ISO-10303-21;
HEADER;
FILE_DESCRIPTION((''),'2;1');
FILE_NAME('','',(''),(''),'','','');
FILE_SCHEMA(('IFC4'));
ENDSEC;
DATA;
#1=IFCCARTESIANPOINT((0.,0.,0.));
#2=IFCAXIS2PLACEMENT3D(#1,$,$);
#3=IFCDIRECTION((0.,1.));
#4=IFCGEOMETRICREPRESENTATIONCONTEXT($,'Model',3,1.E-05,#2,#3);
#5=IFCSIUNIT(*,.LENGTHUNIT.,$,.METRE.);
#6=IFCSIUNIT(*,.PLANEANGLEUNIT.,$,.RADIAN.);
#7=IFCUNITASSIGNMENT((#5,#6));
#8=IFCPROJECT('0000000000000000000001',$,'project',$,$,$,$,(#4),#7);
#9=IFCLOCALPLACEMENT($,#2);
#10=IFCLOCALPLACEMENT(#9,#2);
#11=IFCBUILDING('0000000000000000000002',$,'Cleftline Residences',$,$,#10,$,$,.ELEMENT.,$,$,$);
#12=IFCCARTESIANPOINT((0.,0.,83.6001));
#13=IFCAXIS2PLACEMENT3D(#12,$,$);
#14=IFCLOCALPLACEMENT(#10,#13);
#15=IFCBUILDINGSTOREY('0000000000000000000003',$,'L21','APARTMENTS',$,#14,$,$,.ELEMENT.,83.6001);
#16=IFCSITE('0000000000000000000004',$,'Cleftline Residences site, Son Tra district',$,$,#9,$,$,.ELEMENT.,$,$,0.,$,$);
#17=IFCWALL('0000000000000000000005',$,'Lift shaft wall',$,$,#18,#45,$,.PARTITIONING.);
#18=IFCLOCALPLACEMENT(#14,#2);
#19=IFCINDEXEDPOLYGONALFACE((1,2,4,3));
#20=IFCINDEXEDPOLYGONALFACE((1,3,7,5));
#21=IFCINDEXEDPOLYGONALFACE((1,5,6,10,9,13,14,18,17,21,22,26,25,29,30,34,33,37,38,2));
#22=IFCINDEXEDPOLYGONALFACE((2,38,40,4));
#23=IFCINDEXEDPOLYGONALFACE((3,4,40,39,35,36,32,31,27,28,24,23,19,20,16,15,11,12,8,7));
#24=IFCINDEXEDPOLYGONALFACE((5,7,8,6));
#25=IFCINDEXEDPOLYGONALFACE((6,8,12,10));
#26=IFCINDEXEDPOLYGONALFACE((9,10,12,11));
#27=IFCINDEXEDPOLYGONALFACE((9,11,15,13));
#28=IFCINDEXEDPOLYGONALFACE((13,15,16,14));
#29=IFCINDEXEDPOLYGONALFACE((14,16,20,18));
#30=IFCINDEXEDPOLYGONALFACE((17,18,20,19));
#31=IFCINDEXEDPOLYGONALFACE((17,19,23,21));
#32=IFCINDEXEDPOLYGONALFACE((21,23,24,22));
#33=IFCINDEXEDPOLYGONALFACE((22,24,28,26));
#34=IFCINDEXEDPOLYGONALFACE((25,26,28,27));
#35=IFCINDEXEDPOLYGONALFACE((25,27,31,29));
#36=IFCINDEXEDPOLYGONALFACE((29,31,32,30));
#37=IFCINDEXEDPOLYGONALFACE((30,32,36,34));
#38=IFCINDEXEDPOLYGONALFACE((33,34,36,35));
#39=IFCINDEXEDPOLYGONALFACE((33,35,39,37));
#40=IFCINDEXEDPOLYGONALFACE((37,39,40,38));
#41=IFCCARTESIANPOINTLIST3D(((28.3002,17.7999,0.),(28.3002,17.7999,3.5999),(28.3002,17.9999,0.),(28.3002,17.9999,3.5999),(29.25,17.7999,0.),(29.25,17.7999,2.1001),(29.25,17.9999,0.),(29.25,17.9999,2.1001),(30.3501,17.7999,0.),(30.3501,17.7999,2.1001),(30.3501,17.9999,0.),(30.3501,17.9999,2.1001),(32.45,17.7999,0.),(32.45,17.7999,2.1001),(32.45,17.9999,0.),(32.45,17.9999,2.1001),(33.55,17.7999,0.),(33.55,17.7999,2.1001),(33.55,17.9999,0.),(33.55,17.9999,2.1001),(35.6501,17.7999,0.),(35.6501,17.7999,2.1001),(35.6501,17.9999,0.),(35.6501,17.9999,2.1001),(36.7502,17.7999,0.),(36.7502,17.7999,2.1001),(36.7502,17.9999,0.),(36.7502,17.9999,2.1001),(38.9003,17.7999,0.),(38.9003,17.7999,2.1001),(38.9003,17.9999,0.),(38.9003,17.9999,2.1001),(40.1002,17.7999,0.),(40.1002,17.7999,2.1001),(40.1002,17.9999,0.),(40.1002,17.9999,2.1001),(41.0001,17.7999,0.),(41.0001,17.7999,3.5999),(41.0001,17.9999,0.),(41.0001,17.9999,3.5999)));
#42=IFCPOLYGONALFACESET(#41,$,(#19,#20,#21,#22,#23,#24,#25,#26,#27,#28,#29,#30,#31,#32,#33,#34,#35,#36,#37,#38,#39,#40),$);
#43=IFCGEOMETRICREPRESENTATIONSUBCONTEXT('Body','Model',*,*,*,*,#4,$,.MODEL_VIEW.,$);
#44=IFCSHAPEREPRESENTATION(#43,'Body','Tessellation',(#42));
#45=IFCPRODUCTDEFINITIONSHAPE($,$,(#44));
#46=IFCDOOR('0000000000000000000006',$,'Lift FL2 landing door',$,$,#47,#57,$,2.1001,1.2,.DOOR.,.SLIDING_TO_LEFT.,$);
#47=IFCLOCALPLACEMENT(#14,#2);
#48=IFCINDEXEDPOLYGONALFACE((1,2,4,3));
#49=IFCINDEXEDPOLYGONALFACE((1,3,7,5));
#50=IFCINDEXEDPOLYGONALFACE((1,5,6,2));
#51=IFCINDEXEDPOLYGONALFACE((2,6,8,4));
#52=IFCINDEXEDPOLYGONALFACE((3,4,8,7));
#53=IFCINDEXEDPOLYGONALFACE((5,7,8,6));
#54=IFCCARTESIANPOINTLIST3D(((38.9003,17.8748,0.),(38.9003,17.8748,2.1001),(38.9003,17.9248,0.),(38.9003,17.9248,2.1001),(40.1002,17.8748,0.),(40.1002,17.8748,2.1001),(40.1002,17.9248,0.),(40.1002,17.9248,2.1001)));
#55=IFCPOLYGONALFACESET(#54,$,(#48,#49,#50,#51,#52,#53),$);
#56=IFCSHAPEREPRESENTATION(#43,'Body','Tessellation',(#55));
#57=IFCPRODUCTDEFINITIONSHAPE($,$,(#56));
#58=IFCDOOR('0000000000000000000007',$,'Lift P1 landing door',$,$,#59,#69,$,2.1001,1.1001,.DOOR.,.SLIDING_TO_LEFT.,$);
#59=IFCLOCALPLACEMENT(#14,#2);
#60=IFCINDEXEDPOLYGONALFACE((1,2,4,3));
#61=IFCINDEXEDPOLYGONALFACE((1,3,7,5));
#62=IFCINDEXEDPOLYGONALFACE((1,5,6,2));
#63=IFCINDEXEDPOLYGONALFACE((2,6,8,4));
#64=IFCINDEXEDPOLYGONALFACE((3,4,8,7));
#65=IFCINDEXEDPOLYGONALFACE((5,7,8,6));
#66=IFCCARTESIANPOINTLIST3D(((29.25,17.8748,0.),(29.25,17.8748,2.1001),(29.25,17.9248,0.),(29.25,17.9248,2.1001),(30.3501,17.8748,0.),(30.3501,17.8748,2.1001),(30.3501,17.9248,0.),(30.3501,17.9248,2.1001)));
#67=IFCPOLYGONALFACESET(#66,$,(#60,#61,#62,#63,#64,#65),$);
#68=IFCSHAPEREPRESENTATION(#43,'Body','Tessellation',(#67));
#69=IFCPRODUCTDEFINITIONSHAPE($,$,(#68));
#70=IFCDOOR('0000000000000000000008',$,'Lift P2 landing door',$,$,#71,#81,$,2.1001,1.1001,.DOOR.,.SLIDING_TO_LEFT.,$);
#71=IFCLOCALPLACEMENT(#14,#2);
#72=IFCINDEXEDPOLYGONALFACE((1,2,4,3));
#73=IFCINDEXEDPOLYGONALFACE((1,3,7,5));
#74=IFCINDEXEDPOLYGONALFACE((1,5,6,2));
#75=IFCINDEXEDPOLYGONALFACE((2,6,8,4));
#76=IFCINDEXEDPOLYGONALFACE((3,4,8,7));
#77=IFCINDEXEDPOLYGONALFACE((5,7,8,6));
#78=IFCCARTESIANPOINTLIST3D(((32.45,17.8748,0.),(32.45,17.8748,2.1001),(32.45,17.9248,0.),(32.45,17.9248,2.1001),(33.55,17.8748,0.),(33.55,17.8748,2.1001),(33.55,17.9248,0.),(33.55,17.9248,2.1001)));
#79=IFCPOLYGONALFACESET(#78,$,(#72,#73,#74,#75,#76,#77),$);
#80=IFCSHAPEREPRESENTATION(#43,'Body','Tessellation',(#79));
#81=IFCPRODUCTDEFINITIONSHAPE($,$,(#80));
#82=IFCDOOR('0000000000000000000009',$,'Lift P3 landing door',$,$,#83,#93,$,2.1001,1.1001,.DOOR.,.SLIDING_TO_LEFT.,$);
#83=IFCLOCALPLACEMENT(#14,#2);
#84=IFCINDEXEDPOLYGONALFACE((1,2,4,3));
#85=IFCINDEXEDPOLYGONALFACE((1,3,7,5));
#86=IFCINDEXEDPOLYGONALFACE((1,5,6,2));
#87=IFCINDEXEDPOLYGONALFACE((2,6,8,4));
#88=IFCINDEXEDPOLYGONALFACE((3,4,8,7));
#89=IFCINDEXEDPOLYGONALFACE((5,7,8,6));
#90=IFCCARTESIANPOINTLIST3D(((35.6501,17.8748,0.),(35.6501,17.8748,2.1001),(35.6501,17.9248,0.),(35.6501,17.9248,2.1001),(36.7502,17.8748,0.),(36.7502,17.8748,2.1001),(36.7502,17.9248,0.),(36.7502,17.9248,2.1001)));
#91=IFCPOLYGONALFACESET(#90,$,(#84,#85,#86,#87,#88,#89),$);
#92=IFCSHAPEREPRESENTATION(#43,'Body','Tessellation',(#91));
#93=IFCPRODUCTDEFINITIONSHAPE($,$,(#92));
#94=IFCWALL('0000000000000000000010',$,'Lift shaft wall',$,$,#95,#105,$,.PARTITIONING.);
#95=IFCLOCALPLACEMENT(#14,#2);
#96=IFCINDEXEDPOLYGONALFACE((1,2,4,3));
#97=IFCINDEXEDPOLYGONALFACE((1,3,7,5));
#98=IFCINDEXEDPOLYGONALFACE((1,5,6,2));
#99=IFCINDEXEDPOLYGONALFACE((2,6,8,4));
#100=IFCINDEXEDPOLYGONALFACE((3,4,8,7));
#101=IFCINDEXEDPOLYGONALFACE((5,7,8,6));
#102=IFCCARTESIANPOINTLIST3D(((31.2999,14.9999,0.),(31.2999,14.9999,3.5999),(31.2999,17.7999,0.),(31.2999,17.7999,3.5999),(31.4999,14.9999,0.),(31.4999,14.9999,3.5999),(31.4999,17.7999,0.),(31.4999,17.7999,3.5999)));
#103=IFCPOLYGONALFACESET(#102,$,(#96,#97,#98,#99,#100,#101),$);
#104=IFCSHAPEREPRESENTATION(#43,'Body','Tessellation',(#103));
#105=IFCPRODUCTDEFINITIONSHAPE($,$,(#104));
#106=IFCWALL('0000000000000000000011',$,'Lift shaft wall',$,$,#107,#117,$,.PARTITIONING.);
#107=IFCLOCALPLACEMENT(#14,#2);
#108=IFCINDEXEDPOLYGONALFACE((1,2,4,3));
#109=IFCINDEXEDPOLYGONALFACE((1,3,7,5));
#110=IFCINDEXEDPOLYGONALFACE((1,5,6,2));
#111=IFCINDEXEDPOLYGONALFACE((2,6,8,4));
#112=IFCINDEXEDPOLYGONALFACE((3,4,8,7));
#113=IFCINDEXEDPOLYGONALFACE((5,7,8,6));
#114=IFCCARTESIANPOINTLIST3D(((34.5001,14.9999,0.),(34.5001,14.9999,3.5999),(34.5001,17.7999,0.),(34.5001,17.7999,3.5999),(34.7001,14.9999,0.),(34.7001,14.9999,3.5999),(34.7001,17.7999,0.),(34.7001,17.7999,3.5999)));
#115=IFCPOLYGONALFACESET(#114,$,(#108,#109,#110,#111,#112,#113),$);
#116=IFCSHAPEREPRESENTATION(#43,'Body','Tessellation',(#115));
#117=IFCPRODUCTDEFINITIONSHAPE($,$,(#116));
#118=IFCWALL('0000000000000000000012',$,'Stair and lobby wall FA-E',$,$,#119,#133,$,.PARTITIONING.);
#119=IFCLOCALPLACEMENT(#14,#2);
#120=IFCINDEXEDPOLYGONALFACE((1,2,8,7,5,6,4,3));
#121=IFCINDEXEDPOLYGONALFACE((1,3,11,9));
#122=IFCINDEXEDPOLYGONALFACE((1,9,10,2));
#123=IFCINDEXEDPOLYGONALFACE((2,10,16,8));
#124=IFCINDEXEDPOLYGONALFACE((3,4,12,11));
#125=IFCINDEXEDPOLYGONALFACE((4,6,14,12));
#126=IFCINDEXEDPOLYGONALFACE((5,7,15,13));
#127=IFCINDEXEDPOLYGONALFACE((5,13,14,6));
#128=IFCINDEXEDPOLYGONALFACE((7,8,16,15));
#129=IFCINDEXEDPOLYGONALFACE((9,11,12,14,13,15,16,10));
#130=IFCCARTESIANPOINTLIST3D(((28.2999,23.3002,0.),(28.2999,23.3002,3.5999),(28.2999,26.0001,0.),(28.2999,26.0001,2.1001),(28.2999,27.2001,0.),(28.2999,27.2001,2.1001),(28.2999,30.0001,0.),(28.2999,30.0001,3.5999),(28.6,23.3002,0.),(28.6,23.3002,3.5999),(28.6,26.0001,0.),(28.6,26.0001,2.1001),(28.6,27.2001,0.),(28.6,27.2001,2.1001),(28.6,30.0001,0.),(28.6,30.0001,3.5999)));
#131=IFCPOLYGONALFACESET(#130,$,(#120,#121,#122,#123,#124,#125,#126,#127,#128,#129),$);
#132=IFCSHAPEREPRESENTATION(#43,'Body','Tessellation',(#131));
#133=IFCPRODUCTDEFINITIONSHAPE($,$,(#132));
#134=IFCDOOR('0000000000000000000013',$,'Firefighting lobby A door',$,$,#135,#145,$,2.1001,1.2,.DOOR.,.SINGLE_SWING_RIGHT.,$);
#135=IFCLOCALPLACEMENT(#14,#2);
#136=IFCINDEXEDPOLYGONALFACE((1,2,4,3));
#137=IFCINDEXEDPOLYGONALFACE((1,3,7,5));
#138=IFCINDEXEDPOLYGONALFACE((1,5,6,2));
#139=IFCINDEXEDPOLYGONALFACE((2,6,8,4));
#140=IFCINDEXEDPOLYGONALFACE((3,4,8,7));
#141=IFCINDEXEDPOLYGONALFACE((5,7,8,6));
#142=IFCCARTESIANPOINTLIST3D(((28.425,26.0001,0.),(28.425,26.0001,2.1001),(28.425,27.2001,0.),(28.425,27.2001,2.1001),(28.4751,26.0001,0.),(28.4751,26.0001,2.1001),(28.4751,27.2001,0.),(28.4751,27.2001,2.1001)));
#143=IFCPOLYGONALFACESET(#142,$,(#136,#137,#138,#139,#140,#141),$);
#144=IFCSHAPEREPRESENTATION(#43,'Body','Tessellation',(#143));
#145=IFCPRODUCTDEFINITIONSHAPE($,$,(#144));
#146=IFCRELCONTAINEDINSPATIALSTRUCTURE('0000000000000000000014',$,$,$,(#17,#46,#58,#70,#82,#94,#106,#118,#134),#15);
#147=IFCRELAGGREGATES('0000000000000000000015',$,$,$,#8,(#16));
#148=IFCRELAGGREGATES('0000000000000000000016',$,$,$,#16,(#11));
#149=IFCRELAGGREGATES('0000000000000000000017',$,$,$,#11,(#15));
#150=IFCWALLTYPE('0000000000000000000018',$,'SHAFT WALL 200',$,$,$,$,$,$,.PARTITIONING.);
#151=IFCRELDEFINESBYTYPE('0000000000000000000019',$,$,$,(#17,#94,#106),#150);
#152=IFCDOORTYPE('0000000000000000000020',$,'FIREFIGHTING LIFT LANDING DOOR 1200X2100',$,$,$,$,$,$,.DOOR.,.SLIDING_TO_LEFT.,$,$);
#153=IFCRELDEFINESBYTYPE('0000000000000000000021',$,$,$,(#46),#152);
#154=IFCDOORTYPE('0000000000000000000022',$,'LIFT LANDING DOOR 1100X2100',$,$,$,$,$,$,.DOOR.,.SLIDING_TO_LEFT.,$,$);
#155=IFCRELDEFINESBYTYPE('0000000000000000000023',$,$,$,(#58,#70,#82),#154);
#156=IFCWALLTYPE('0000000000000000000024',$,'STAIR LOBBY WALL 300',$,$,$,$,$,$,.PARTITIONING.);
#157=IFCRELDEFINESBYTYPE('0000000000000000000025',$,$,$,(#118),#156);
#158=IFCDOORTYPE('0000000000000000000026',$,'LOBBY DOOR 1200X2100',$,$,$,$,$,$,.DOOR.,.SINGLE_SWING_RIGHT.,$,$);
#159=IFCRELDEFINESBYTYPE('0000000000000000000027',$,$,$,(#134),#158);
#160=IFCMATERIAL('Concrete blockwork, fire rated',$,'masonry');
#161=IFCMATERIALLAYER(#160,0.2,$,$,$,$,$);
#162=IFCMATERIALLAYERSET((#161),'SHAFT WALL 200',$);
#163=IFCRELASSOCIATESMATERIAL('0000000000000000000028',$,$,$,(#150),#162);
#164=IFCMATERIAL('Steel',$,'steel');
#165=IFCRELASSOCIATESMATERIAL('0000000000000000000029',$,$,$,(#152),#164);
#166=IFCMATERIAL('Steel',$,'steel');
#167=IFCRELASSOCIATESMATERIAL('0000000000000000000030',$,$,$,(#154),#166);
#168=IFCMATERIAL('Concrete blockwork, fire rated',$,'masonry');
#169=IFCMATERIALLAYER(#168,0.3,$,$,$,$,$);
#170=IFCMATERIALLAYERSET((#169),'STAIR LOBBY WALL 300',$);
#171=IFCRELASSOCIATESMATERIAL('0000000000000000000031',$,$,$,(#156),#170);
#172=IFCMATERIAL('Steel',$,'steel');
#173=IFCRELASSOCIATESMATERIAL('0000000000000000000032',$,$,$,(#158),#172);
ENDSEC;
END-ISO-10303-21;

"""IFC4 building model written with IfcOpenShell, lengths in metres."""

from ifc_helpers import new_model, si_unit, direction, frame, frame_2d, origin, place, context, subcontext, project, spatial, rectangle, extrude, material, layer, layer_set, type_object, element, fill, save


model = new_model("IFC4")

# Units and contexts
model_context = context("Model", 3, precision=1e-05, world=origin(), true_north=direction((0.0, 1.0)))
body_context = subcontext(model_context, "Body", "Model", "MODEL_VIEW")
ifc_project = project(units=[si_unit("LENGTHUNIT", "METRE"), si_unit("PLANEANGLEUNIT", "RADIAN")], contexts=[model_context])

# Site, building, storey
site_placement = place(None, origin())
site = spatial("IfcSite", under=ifc_project, at=site_placement, Name="Cleftline Residences site, Son Tra district", CompositionType="ELEMENT", RefElevation=0.0)
building_placement = place(site_placement, origin())
building = spatial("IfcBuilding", under=site, at=building_placement, Name="Cleftline Residences", CompositionType="ELEMENT")
storey_placement = place(building_placement, frame((0.0, 0.0, 83.6001)))
storey = spatial("IfcBuildingStorey", under=building, at=storey_placement, Name="L21", Description="APARTMENTS", CompositionType="ELEMENT", Elevation=83.6001)

# Wall, openings, doors
ifc_material_1 = material(Name="Concrete blockwork, fire rated", Category="masonry")
ifc_layer_1 = layer(ifc_material_1, 0.2)
ifc_layer_set_1 = layer_set([ifc_layer_1], Name="SHAFT WALL 200")
wall_type_1 = type_object("IfcWallType", Name="SHAFT WALL 200", PredefinedType="PARTITIONING", material=ifc_layer_set_1)
wall_1_placement = place(storey_placement, frame((28.3, 17.8999, 0.0), z_axis=(0.0, 0.0, 1.0), x_axis=(1.0, 0.0, 0.0)))
wall_1 = element("IfcWall", 1, at=wall_1_placement, inside=storey, type_object=wall_type_1, Name="Lift shaft wall", PredefinedType="PARTITIONING", context=body_context, shape_type="SweptSolid", body=[
    extrude(rectangle(XDim=12.7, YDim=0.2, at=frame_2d((6.3501, 0.0))), origin(), (0.0, 0.0, 1.0), 3.5999),
])
opening_1_placement = place(wall_1_placement, frame((0.95, 0.0, 0.0)))
opening_1 = element("IfcOpeningElement", 2, at=opening_1_placement, cuts=wall_1, PredefinedType="OPENING", context=body_context, shape_type="SweptSolid", body=[
    extrude(rectangle(XDim=1.1001, YDim=2.1001, at=frame_2d((0.55, 1.05))), frame((0.0, 0.1099, 0.0), z_axis=(0.0, -1.0, 0.0), x_axis=(1.0, 0.0, 0.0)), (0.0, 0.0, 1.0), 0.22),
])
opening_2_placement = place(wall_1_placement, frame((4.1499, 0.0, 0.0)))
opening_2 = element("IfcOpeningElement", 3, at=opening_2_placement, cuts=wall_1, PredefinedType="OPENING", context=body_context, shape_type="SweptSolid", body=[
    extrude(rectangle(XDim=1.1001, YDim=2.1001, at=frame_2d((0.55, 1.05))), frame((0.0, 0.1099, 0.0), z_axis=(0.0, -1.0, 0.0), x_axis=(1.0, 0.0, 0.0)), (0.0, 0.0, 1.0), 0.22),
])
opening_3_placement = place(wall_1_placement, frame((7.3501, 0.0, 0.0)))
opening_3 = element("IfcOpeningElement", 4, at=opening_3_placement, cuts=wall_1, PredefinedType="OPENING", context=body_context, shape_type="SweptSolid", body=[
    extrude(rectangle(XDim=1.1001, YDim=2.1001, at=frame_2d((0.55, 1.05))), frame((0.0, 0.1099, 0.0), z_axis=(0.0, -1.0, 0.0), x_axis=(1.0, 0.0, 0.0)), (0.0, 0.0, 1.0), 0.22),
])
opening_4_placement = place(wall_1_placement, frame((10.6001, 0.0, 0.0)))
opening_4 = element("IfcOpeningElement", 5, at=opening_4_placement, cuts=wall_1, PredefinedType="OPENING", context=body_context, shape_type="SweptSolid", body=[
    extrude(rectangle(XDim=1.2, YDim=2.1001, at=frame_2d((0.6001, 1.05))), frame((0.0, 0.1099, 0.0), z_axis=(0.0, -1.0, 0.0), x_axis=(1.0, 0.0, 0.0)), (0.0, 0.0, 1.0), 0.22),
])
ifc_material_2 = material(Name="Steel", Category="steel")
door_type_1 = type_object("IfcDoorType", Name="FIREFIGHTING LIFT LANDING DOOR 1200X2100", OperationType="SLIDING_TO_LEFT", PredefinedType="DOOR", material=ifc_material_2)
door_1_placement = place(opening_4_placement, origin())
door_1 = element("IfcDoor", 6, at=door_1_placement, inside=storey, type_object=door_type_1, Name="Lift FL2 landing door", OperationType="SLIDING_TO_LEFT", OverallHeight=2.1001, OverallWidth=1.2, PredefinedType="DOOR", context=body_context, shape_type="SweptSolid", body=[
    extrude(rectangle(XDim=1.2, YDim=2.1001, at=frame_2d((0.6001, 1.05))), frame((0.0, 0.0249, 0.0), z_axis=(0.0, -1.0, 0.0), x_axis=(1.0, 0.0, 0.0)), (0.0, 0.0, 1.0), 0.05),
])
fill(opening_4, door_1)
ifc_material_3 = material(Name="Steel", Category="steel")
door_type_2 = type_object("IfcDoorType", Name="LIFT LANDING DOOR 1100X2100", OperationType="SLIDING_TO_LEFT", PredefinedType="DOOR", material=ifc_material_3)
door_2_placement = place(opening_1_placement, origin())
door_2 = element("IfcDoor", 7, at=door_2_placement, inside=storey, type_object=door_type_2, Name="Lift P1 landing door", OperationType="SLIDING_TO_LEFT", OverallHeight=2.1001, OverallWidth=1.1001, PredefinedType="DOOR", context=body_context, shape_type="SweptSolid", body=[
    extrude(rectangle(XDim=1.1001, YDim=2.1001, at=frame_2d((0.55, 1.05))), frame((0.0, 0.0249, 0.0), z_axis=(0.0, -1.0, 0.0), x_axis=(1.0, 0.0, 0.0)), (0.0, 0.0, 1.0), 0.05),
])
fill(opening_1, door_2)
door_3_placement = place(opening_2_placement, origin())
door_3 = element("IfcDoor", 8, at=door_3_placement, inside=storey, type_object=door_type_2, Name="Lift P2 landing door", OperationType="SLIDING_TO_LEFT", OverallHeight=2.1001, OverallWidth=1.1001, PredefinedType="DOOR", context=body_context, shape_type="SweptSolid", body=[
    extrude(rectangle(XDim=1.1001, YDim=2.1001, at=frame_2d((0.55, 1.05))), frame((0.0, 0.0249, 0.0), z_axis=(0.0, -1.0, 0.0), x_axis=(1.0, 0.0, 0.0)), (0.0, 0.0, 1.0), 0.05),
])
fill(opening_2, door_3)
door_4_placement = place(opening_3_placement, origin())
door_4 = element("IfcDoor", 9, at=door_4_placement, inside=storey, type_object=door_type_2, Name="Lift P3 landing door", OperationType="SLIDING_TO_LEFT", OverallHeight=2.1001, OverallWidth=1.1001, PredefinedType="DOOR", context=body_context, shape_type="SweptSolid", body=[
    extrude(rectangle(XDim=1.1001, YDim=2.1001, at=frame_2d((0.55, 1.05))), frame((0.0, 0.0249, 0.0), z_axis=(0.0, -1.0, 0.0), x_axis=(1.0, 0.0, 0.0)), (0.0, 0.0, 1.0), 0.05),
])
fill(opening_3, door_4)

# Walls
for number, where, z_axis, x_axis, name in (
    (10, (31.3999, 15.0, 0.0), (0.0, 0.0, 1.0), (0.0, 1.0, 0.0), "Lift shaft wall"),
    (11, (34.6001, 15.0, 0.0), (0.0, 0.0, 1.0), (0.0, 1.0, 0.0), "Lift shaft wall"),
):
    element("IfcWall", number, at=place(storey_placement, frame(where, z_axis=z_axis, x_axis=x_axis)), inside=storey, type_object=wall_type_1, Name=name, PredefinedType="PARTITIONING", context=body_context, shape_type="SweptSolid", body=[
        extrude(rectangle(XDim=2.8, YDim=0.2, at=frame_2d((1.3999, 0.0))), origin(), (0.0, 0.0, 1.0), 3.5999),
    ])

# Wall, opening, door
ifc_material_4 = material(Name="Concrete blockwork, fire rated", Category="masonry")
ifc_layer_2 = layer(ifc_material_4, 0.3)
ifc_layer_set_2 = layer_set([ifc_layer_2], Name="STAIR LOBBY WALL 300")
wall_type_2 = type_object("IfcWallType", Name="STAIR LOBBY WALL 300", PredefinedType="PARTITIONING", material=ifc_layer_set_2)
wall_2_placement = place(storey_placement, frame((28.45, 23.3, 0.0), z_axis=(0.0, 0.0, 1.0), x_axis=(0.0, 1.0, 0.0)))
wall_2 = element("IfcWall", 12, at=wall_2_placement, inside=storey, type_object=wall_type_2, Name="Stair and lobby wall FA-E", PredefinedType="PARTITIONING", context=body_context, shape_type="SweptSolid", body=[
    extrude(rectangle(XDim=6.7, YDim=0.3, at=frame_2d((3.3501, 0.0))), origin(), (0.0, 0.0, 1.0), 3.5999),
])
opening_5_placement = place(wall_2_placement, frame((2.7, 0.0, 0.0)))
opening_5 = element("IfcOpeningElement", 13, at=opening_5_placement, cuts=wall_2, PredefinedType="OPENING", context=body_context, shape_type="SweptSolid", body=[
    extrude(rectangle(XDim=1.2, YDim=2.1001, at=frame_2d((0.6001, 1.05))), frame((0.0, 0.1599, 0.0), z_axis=(0.0, -1.0, 0.0), x_axis=(1.0, 0.0, 0.0)), (0.0, 0.0, 1.0), 0.3201),
])
ifc_material_5 = material(Name="Steel", Category="steel")
door_type_3 = type_object("IfcDoorType", Name="LOBBY DOOR 1200X2100", OperationType="SINGLE_SWING_RIGHT", PredefinedType="DOOR", material=ifc_material_5)
door_5_placement = place(opening_5_placement, origin())
door_5 = element("IfcDoor", 14, at=door_5_placement, inside=storey, type_object=door_type_3, Name="Firefighting lobby A door", OperationType="SINGLE_SWING_RIGHT", OverallHeight=2.1001, OverallWidth=1.2, PredefinedType="DOOR", context=body_context, shape_type="SweptSolid", body=[
    extrude(rectangle(XDim=1.2, YDim=2.1001, at=frame_2d((0.6001, 1.05))), frame((0.0, 0.0249, 0.0), z_axis=(0.0, -1.0, 0.0), x_axis=(1.0, 0.0, 0.0)), (0.0, 0.0, 1.0), 0.05),
])
fill(opening_5, door_5)

save(model, "model.ifc")
